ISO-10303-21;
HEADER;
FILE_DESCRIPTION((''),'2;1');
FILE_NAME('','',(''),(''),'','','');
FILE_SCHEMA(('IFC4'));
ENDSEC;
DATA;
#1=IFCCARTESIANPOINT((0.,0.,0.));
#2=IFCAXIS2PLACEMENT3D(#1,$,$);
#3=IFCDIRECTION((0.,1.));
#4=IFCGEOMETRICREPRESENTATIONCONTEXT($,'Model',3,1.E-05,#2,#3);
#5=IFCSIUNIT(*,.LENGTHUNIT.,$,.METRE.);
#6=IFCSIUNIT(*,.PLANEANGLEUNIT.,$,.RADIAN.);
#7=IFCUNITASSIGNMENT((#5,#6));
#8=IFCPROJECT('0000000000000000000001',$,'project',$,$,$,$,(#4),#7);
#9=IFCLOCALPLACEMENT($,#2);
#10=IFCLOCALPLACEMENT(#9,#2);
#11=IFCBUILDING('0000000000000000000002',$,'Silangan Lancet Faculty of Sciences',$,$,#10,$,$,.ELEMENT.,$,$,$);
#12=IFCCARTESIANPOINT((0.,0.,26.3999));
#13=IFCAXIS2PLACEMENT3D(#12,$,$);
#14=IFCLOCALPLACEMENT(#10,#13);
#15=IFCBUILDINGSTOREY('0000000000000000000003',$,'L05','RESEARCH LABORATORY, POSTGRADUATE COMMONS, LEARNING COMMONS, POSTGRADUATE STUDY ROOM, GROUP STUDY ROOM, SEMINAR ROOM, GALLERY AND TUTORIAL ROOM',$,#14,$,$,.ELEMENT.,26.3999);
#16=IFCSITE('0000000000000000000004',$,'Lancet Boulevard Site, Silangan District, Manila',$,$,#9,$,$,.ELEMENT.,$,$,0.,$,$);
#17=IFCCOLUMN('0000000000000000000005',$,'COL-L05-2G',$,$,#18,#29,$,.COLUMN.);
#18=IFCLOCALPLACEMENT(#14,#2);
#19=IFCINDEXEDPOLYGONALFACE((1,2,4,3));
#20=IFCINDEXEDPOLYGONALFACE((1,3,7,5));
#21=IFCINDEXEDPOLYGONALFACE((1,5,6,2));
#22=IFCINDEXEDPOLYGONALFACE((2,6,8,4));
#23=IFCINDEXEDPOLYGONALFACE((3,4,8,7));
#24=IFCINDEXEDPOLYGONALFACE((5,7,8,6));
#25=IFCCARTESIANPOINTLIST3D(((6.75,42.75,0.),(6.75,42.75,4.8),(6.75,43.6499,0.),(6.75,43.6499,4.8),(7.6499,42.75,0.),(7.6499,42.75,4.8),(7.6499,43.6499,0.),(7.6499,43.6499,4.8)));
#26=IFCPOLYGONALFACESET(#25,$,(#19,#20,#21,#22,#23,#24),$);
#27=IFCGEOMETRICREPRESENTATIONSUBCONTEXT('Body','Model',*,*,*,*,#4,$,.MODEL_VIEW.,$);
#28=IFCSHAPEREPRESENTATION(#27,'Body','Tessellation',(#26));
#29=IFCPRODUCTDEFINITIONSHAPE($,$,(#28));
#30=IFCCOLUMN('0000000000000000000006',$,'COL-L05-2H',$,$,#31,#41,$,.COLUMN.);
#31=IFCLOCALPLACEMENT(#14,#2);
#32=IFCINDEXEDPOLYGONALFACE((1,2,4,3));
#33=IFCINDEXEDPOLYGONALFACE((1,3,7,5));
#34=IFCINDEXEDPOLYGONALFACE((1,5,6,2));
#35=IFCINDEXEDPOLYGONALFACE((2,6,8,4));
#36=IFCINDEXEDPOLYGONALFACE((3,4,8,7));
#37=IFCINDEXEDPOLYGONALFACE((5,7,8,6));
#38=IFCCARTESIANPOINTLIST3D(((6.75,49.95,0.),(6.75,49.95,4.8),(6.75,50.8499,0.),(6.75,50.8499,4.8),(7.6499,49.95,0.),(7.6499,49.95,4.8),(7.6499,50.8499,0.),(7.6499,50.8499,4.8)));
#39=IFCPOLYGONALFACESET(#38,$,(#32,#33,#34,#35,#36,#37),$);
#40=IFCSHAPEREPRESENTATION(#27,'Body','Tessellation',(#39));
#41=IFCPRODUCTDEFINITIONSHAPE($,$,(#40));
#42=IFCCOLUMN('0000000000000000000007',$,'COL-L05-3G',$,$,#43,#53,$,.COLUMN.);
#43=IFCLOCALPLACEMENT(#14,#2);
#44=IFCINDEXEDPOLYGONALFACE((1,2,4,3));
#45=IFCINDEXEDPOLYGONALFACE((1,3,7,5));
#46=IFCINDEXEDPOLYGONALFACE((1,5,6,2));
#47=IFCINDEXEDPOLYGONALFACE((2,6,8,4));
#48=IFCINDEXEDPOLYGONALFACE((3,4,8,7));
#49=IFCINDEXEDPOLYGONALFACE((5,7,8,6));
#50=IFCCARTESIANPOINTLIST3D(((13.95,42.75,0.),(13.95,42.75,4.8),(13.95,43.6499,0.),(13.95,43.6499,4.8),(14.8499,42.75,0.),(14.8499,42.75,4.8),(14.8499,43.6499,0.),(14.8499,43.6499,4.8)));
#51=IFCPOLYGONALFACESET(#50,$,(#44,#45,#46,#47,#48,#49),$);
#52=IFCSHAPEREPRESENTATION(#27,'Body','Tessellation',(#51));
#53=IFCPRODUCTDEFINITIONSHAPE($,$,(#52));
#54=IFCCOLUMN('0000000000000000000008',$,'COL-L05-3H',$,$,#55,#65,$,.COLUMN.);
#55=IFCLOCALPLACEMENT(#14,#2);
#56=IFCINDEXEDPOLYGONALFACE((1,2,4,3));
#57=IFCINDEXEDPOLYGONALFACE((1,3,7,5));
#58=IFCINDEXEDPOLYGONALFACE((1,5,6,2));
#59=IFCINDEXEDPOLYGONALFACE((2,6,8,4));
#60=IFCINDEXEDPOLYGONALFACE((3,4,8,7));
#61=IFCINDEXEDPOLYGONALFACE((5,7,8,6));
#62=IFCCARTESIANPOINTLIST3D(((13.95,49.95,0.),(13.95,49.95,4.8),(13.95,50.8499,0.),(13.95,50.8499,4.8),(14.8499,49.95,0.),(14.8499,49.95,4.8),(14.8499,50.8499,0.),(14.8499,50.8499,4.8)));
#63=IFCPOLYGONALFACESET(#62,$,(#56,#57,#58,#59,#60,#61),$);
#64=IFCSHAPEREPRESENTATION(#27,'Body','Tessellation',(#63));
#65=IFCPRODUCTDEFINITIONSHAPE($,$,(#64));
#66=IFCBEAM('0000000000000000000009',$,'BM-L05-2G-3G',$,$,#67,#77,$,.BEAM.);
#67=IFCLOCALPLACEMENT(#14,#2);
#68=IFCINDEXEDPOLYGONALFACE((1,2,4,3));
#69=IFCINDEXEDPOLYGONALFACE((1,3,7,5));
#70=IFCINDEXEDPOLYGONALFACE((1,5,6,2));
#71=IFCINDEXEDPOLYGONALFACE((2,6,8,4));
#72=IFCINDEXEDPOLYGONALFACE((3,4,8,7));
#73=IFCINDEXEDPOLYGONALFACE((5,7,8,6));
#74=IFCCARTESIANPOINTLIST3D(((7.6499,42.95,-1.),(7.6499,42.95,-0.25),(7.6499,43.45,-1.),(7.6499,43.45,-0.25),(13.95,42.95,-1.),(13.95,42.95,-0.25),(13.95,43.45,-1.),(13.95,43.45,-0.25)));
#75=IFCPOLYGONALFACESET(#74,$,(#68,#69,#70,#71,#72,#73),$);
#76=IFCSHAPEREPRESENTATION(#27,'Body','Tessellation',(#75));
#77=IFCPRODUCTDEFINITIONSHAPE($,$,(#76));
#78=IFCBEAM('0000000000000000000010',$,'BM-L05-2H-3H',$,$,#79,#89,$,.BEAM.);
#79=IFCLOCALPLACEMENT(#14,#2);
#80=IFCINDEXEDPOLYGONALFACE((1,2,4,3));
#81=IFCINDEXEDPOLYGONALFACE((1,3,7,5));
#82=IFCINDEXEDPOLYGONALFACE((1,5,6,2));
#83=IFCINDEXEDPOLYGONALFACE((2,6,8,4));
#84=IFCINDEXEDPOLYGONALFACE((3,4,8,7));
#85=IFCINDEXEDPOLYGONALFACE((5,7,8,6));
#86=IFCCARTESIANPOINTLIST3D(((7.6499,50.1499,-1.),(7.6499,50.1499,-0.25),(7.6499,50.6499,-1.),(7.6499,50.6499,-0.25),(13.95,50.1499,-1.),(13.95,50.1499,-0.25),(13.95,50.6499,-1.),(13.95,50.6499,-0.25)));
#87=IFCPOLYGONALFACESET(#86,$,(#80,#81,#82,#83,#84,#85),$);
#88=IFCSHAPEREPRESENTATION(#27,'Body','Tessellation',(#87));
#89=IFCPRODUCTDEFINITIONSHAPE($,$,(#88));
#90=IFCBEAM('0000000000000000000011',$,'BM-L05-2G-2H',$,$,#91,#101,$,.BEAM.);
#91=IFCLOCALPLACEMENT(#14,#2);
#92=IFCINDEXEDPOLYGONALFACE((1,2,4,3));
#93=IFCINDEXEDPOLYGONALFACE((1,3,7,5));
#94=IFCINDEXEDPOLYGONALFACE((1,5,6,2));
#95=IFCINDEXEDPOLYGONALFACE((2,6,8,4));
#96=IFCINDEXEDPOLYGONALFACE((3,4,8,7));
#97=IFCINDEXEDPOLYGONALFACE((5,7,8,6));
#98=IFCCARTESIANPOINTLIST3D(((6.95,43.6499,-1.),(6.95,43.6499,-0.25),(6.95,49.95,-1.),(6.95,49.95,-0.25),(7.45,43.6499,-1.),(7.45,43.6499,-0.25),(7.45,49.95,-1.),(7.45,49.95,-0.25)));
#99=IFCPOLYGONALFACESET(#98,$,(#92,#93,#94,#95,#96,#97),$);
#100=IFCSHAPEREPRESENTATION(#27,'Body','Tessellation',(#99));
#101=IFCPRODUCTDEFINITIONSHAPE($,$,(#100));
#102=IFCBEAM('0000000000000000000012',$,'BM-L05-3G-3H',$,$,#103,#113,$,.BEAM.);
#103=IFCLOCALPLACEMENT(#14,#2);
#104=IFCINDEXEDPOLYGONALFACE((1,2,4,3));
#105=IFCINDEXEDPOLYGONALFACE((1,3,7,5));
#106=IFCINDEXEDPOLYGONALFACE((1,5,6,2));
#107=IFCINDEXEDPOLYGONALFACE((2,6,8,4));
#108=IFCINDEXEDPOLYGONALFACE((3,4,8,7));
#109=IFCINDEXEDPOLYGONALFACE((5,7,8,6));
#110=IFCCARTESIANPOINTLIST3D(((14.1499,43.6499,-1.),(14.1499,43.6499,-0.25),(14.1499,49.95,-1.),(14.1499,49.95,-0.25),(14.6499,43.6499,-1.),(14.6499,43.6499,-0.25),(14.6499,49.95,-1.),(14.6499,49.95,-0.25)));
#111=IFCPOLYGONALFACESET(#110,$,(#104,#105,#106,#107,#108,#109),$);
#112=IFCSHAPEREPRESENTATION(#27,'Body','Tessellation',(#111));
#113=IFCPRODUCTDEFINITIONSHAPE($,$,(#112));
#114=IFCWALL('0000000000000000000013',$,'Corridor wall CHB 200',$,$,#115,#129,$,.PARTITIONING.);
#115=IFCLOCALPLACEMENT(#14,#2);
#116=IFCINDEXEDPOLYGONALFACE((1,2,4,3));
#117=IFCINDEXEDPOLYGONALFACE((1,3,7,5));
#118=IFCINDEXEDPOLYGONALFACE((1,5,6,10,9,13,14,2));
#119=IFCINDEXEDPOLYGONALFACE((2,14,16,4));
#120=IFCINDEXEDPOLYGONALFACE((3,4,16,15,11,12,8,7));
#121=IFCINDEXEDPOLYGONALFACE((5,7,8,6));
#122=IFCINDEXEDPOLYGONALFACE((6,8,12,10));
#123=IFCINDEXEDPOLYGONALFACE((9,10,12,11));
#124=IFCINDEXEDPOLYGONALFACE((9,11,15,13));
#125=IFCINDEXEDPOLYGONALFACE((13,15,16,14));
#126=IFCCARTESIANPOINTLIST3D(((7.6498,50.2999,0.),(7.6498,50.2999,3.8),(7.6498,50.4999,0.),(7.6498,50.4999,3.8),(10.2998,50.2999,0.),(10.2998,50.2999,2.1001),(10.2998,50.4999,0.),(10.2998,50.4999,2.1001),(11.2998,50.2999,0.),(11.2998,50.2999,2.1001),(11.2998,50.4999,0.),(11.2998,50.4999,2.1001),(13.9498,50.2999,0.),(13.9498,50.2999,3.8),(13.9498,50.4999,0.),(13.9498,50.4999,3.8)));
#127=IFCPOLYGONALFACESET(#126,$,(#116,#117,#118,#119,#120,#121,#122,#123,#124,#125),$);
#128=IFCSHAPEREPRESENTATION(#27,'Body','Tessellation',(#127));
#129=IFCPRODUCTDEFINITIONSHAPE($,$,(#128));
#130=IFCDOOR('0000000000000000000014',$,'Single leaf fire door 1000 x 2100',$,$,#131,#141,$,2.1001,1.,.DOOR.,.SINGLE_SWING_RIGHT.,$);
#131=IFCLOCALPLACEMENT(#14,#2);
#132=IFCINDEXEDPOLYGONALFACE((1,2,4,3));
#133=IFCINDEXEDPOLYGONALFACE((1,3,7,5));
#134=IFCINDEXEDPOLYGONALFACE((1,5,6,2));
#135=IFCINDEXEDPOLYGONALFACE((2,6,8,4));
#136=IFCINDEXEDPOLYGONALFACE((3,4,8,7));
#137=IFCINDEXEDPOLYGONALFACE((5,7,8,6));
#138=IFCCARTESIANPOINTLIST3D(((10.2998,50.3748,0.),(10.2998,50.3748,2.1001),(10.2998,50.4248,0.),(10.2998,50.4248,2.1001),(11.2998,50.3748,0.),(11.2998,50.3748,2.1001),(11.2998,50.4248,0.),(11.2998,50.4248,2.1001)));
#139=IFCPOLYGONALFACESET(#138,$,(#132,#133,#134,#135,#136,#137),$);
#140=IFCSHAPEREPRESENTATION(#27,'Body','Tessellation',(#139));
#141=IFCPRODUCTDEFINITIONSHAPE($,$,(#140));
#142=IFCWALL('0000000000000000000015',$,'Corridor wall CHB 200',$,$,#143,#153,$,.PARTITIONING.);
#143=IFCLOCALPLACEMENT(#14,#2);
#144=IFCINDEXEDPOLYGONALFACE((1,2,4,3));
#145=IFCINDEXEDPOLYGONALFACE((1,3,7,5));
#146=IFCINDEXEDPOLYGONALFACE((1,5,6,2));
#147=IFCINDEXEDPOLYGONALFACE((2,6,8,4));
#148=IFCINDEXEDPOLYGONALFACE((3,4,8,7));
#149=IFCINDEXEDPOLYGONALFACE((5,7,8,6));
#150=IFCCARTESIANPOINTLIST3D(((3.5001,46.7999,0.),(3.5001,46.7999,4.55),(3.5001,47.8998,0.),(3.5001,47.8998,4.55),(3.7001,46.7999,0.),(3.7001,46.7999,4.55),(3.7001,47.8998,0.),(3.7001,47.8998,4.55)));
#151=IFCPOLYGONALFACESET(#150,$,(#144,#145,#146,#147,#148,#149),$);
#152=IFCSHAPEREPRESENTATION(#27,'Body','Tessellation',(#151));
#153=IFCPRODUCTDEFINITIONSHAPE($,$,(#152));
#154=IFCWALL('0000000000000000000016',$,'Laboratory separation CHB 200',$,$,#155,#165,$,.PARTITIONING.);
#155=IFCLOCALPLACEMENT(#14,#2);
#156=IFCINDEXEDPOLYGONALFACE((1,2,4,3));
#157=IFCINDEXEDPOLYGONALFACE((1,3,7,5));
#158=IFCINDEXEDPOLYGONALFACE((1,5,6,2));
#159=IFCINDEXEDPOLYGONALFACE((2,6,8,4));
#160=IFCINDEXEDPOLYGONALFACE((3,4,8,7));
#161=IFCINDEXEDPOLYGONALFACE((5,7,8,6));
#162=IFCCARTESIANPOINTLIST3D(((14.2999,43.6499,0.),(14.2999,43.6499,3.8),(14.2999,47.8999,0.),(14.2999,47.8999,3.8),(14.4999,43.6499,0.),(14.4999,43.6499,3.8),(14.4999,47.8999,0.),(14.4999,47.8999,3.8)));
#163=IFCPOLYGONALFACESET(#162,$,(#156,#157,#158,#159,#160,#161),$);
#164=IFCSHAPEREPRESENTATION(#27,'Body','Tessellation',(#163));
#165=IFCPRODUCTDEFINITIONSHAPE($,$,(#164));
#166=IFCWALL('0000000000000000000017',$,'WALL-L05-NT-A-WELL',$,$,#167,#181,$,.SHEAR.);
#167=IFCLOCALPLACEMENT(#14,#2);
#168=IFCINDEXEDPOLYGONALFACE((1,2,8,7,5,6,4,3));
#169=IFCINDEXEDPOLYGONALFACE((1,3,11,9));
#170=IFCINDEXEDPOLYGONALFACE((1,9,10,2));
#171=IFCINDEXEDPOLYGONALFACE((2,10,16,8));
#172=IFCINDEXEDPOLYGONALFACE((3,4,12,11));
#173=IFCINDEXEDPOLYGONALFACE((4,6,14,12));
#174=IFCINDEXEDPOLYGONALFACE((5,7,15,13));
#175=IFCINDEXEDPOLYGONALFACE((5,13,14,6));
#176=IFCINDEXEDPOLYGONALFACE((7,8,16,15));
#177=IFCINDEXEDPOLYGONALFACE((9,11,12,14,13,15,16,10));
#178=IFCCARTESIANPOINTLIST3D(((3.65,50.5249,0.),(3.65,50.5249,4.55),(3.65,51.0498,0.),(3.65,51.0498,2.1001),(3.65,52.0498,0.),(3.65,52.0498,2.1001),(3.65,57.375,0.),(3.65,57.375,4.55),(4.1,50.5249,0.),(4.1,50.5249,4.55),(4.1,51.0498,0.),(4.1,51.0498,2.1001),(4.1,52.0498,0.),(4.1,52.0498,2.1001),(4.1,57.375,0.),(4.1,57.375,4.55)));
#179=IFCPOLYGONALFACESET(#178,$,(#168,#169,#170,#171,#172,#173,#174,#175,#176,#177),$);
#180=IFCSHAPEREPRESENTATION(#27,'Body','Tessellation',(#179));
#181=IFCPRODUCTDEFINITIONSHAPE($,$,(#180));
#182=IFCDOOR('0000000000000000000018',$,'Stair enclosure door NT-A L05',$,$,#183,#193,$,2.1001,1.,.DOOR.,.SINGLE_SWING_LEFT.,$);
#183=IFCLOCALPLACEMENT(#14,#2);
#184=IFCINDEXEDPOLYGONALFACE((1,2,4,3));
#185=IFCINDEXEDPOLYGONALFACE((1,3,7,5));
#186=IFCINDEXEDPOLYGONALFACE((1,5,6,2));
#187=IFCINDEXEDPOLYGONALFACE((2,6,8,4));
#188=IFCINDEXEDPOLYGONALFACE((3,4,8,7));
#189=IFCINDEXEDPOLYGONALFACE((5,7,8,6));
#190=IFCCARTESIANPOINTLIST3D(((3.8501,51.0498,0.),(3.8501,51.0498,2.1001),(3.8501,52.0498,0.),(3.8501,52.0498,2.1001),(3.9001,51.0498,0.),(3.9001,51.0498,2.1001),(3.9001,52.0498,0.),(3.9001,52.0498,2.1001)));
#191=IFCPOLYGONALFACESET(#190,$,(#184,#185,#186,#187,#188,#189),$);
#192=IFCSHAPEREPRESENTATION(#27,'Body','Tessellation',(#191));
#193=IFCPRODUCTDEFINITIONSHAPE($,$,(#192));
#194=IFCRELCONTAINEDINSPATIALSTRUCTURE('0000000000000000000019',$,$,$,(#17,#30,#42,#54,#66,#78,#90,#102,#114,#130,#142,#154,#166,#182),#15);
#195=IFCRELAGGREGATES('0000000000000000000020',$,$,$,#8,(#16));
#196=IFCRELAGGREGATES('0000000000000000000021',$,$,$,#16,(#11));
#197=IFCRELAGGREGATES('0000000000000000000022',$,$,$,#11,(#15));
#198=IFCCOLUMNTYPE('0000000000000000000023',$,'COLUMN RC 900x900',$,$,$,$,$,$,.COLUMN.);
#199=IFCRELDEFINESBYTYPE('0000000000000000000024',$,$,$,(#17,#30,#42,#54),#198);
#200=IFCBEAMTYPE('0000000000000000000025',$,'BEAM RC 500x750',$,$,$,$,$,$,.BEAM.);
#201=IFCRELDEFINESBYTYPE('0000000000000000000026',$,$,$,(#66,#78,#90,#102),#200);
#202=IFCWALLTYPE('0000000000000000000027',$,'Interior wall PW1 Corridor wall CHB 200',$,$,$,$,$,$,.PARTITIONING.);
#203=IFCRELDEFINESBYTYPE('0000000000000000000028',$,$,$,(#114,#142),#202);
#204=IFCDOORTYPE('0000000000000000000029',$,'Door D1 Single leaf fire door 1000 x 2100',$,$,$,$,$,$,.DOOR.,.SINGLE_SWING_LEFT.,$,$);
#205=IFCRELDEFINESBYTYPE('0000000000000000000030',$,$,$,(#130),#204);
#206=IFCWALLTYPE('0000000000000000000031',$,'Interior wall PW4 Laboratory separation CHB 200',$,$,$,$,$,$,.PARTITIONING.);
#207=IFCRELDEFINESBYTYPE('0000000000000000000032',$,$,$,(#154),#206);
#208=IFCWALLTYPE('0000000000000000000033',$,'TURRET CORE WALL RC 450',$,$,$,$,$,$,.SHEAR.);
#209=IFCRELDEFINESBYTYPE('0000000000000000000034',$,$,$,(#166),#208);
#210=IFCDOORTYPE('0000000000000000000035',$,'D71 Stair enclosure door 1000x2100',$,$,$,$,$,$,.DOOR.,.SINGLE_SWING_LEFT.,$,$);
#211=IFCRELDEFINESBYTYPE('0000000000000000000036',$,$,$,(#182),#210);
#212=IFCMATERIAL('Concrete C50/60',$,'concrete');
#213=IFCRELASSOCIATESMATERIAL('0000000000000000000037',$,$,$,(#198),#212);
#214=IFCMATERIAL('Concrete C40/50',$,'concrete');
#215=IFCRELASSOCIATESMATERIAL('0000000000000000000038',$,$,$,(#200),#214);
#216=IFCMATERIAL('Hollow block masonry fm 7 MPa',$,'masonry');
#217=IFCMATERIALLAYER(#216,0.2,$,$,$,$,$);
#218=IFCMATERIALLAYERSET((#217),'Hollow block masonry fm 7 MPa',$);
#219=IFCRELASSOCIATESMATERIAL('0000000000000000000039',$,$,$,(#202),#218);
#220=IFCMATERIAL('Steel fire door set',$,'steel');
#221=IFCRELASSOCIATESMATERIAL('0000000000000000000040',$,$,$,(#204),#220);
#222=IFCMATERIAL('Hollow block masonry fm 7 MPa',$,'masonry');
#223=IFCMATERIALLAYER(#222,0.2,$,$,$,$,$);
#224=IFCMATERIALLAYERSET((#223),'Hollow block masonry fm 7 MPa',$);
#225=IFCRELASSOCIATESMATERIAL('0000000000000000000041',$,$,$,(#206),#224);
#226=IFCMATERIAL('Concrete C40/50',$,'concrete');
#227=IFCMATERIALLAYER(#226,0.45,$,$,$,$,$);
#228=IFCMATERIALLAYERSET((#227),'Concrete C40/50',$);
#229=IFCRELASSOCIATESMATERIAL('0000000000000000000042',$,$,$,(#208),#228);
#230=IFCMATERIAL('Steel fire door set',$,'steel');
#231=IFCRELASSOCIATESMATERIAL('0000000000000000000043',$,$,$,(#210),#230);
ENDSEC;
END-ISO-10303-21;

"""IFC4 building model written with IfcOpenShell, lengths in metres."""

from ifc_helpers import new_model, si_unit, direction, frame, frame_2d, origin, origin_2d, place, context, subcontext, project, spatial, rectangle, extrude, material, layer, layer_set, material_profile, profile_set, type_object, element, fill, save


model = new_model("IFC4")

# Units and contexts
model_context = context("Model", 3, precision=1e-05, world=origin(), true_north=direction((0.0, 1.0)))
body_context = subcontext(model_context, "Body", "Model", "MODEL_VIEW")
ifc_project = project(units=[si_unit("LENGTHUNIT", "METRE"), si_unit("PLANEANGLEUNIT", "RADIAN")], contexts=[model_context])

# Site, building, storey
site_placement = place(None, origin())
site = spatial("IfcSite", under=ifc_project, at=site_placement, Name="Lancet Boulevard Site, Silangan District, Manila", CompositionType="ELEMENT", RefElevation=0.0)
building_placement = place(site_placement, origin())
building = spatial("IfcBuilding", under=site, at=building_placement, Name="Silangan Lancet Faculty of Sciences", CompositionType="ELEMENT")
storey_placement = place(building_placement, frame((0.0, 0.0, 26.3999)))
storey = spatial("IfcBuildingStorey", under=building, at=storey_placement, Name="L05", Description="RESEARCH LABORATORY, POSTGRADUATE COMMONS, LEARNING COMMONS, POSTGRADUATE STUDY ROOM, GROUP STUDY ROOM, SEMINAR ROOM, GALLERY AND TUTORIAL ROOM", CompositionType="ELEMENT", Elevation=26.3999)

# Columns
ifc_material_1 = material(Name="Concrete C50/60", Category="concrete")
ifc_material_profile_1 = material_profile(ifc_material_1, rectangle(XDim=0.8999, YDim=0.8999, at=origin_2d()), Name="RC 900x900")
ifc_profile_set_1 = profile_set([ifc_material_profile_1], Name="Concrete C50/60")
column_type = type_object("IfcColumnType", Name="COLUMN RC 900x900", PredefinedType="COLUMN", material=ifc_profile_set_1)
for number, where, z_axis, x_axis, name in (
    (1, (7.2, 43.2, 0.0), (0.0, 0.0, 1.0), (1.0, 0.0, 0.0), "COL-L05-2G"),
    (2, (7.2, 50.3999, 0.0), (0.0, 0.0, 1.0), (1.0, 0.0, 0.0), "COL-L05-2H"),
    (3, (14.3999, 43.2, 0.0), (0.0, 0.0, 1.0), (1.0, 0.0, 0.0), "COL-L05-3G"),
    (4, (14.3999, 50.3999, 0.0), (0.0, 0.0, 1.0), (1.0, 0.0, 0.0), "COL-L05-3H"),
):
    element("IfcColumn", number, at=place(storey_placement, frame(where, z_axis=z_axis, x_axis=x_axis)), inside=storey, type_object=column_type, Name=name, PredefinedType="COLUMN", context=body_context, shape_type="SweptSolid", body=[
        extrude(rectangle(XDim=0.8999, YDim=0.8999, at=origin_2d()), origin(), (0.0, 0.0, 1.0), 4.8),
    ])

# Beams
ifc_material_2 = material(Name="Concrete C40/50", Category="concrete")
ifc_material_profile_2 = material_profile(ifc_material_2, rectangle(XDim=0.5, YDim=0.75, at=origin_2d()), Name="RC 500x750")
ifc_profile_set_2 = profile_set([ifc_material_profile_2], Name="Concrete C40/50")
beam_type = type_object("IfcBeamType", Name="BEAM RC 500x750", PredefinedType="BEAM", material=ifc_profile_set_2)
for number, where, z_axis, x_axis, name in (
    (5, (7.6499, 43.2, -0.625), (1.0, 0.0, 0.0), (0.0, 1.0, 0.0), "BM-L05-2G-3G"),
    (6, (7.6499, 50.3999, -0.625), (1.0, 0.0, 0.0), (0.0, 1.0, 0.0), "BM-L05-2H-3H"),
    (7, (7.2, 43.6499, -0.625), (0.0, 1.0, 0.0), (-1.0, 0.0, 0.0), "BM-L05-2G-2H"),
    (8, (14.3999, 43.6499, -0.625), (0.0, 1.0, 0.0), (-1.0, 0.0, 0.0), "BM-L05-3G-3H"),
):
    element("IfcBeam", number, at=place(storey_placement, frame(where, z_axis=z_axis, x_axis=x_axis)), inside=storey, type_object=beam_type, Name=name, PredefinedType="BEAM", context=body_context, shape_type="SweptSolid", body=[
        extrude(rectangle(XDim=0.5, YDim=0.75, at=origin_2d()), origin(), (0.0, 0.0, 1.0), 6.3),
    ])

# Wall, opening, door
ifc_material_3 = material(Name="Hollow block masonry fm 7 MPa", Category="masonry")
ifc_layer_1 = layer(ifc_material_3, 0.2)
ifc_layer_set_1 = layer_set([ifc_layer_1], Name="Hollow block masonry fm 7 MPa")
wall_type_1 = type_object("IfcWallType", Name="Interior wall PW1 Corridor wall CHB 200", PredefinedType="PARTITIONING", material=ifc_layer_set_1)
wall_1_placement = place(storey_placement, frame((7.6499, 50.3999, 0.0), z_axis=(0.0, 0.0, 1.0), x_axis=(1.0, 0.0, 0.0)))
wall_1 = element("IfcWall", 9, at=wall_1_placement, inside=storey, type_object=wall_type_1, Name="Corridor wall CHB 200", PredefinedType="PARTITIONING", context=body_context, shape_type="SweptSolid", body=[
    extrude(rectangle(XDim=6.3, YDim=0.2, at=frame_2d((3.1499, 0.0))), origin(), (0.0, 0.0, 1.0), 3.8),
])
opening_1_placement = place(wall_1_placement, frame((2.6499, 0.0, 0.0)))
opening_1 = element("IfcOpeningElement", 10, at=opening_1_placement, cuts=wall_1, PredefinedType="OPENING", context=body_context, shape_type="SweptSolid", body=[
    extrude(rectangle(XDim=1.0, YDim=2.1001, at=frame_2d((0.5, 1.05))), frame((0.0, 0.1099, 0.0), z_axis=(0.0, -1.0, 0.0), x_axis=(1.0, 0.0, 0.0)), (0.0, 0.0, 1.0), 0.22),
])
ifc_material_4 = material(Name="Steel fire door set", Category="steel")
door_type_1 = type_object("IfcDoorType", Name="Door D1 Single leaf fire door 1000 x 2100", OperationType="SINGLE_SWING_LEFT", PredefinedType="DOOR", material=ifc_material_4)
door_1_placement = place(opening_1_placement, origin())
door_1 = element("IfcDoor", 11, at=door_1_placement, inside=storey, type_object=door_type_1, Name="Single leaf fire door 1000 x 2100", OperationType="SINGLE_SWING_RIGHT", OverallHeight=2.1001, OverallWidth=1.0, PredefinedType="DOOR", context=body_context, shape_type="SweptSolid", body=[
    extrude(rectangle(XDim=1.0, YDim=2.1001, at=frame_2d((0.5, 1.05))), frame((0.0, 0.0249, 0.0), z_axis=(0.0, -1.0, 0.0), x_axis=(1.0, 0.0, 0.0)), (0.0, 0.0, 1.0), 0.05),
])
fill(opening_1, door_1)

# Walls
wall_2_placement = place(storey_placement, frame((3.6001, 46.8, 0.0), z_axis=(0.0, 0.0, 1.0), x_axis=(0.0, 1.0, 0.0)))
element("IfcWall", 12, at=wall_2_placement, inside=storey, type_object=wall_type_1, Name="Corridor wall CHB 200", PredefinedType="PARTITIONING", context=body_context, shape_type="SweptSolid", body=[
    extrude(rectangle(XDim=1.0999, YDim=0.2, at=frame_2d((0.5498, 0.0))), origin(), (0.0, 0.0, 1.0), 4.55),
])
ifc_material_5 = material(Name="Hollow block masonry fm 7 MPa", Category="masonry")
ifc_layer_2 = layer(ifc_material_5, 0.2)
ifc_layer_set_2 = layer_set([ifc_layer_2], Name="Hollow block masonry fm 7 MPa")
wall_type_2 = type_object("IfcWallType", Name="Interior wall PW4 Laboratory separation CHB 200", PredefinedType="PARTITIONING", material=ifc_layer_set_2)
wall_3_placement = place(storey_placement, frame((14.3999, 43.6499, 0.0), z_axis=(0.0, 0.0, 1.0), x_axis=(0.0, 1.0, 0.0)))
element("IfcWall", 13, at=wall_3_placement, inside=storey, type_object=wall_type_2, Name="Laboratory separation CHB 200", PredefinedType="PARTITIONING", context=body_context, shape_type="SweptSolid", body=[
    extrude(rectangle(XDim=4.25, YDim=0.2, at=frame_2d((2.125, 0.0))), origin(), (0.0, 0.0, 1.0), 3.8),
])

# Wall, opening, door
ifc_material_6 = material(Name="Concrete C40/50", Category="concrete")
ifc_layer_3 = layer(ifc_material_6, 0.45)
ifc_layer_set_3 = layer_set([ifc_layer_3], Name="Concrete C40/50")
wall_type_3 = type_object("IfcWallType", Name="TURRET CORE WALL RC 450", PredefinedType="SHEAR", material=ifc_layer_set_3)
wall_4_placement = place(storey_placement, frame((3.875, 50.5249, 0.0), z_axis=(0.0, 0.0, 1.0), x_axis=(0.0, 1.0, 0.0)))
wall_4 = element("IfcWall", 14, at=wall_4_placement, inside=storey, type_object=wall_type_3, Name="WALL-L05-NT-A-WELL", PredefinedType="SHEAR", context=body_context, shape_type="SweptSolid", body=[
    extrude(rectangle(XDim=6.8501, YDim=0.45, at=frame_2d((3.425, 0.0))), origin(), (0.0, 0.0, 1.0), 4.55),
])
opening_2_placement = place(wall_4_placement, frame((0.5249, 0.0, 0.0)))
opening_2 = element("IfcOpeningElement", 15, at=opening_2_placement, cuts=wall_4, PredefinedType="OPENING", context=body_context, shape_type="SweptSolid", body=[
    extrude(rectangle(XDim=1.0, YDim=2.1001, at=frame_2d((0.5, 1.05))), frame((0.0, 0.2349, 0.0), z_axis=(0.0, -1.0, 0.0), x_axis=(1.0, 0.0, 0.0)), (0.0, 0.0, 1.0), 0.47),
])
ifc_material_7 = material(Name="Steel fire door set", Category="steel")
door_type_2 = type_object("IfcDoorType", Name="D71 Stair enclosure door 1000x2100", OperationType="SINGLE_SWING_LEFT", PredefinedType="DOOR", material=ifc_material_7)
door_2_placement = place(opening_2_placement, origin())
door_2 = element("IfcDoor", 16, at=door_2_placement, inside=storey, type_object=door_type_2, Name="Stair enclosure door NT-A L05", OperationType="SINGLE_SWING_LEFT", OverallHeight=2.1001, OverallWidth=1.0, PredefinedType="DOOR", context=body_context, shape_type="SweptSolid", body=[
    extrude(rectangle(XDim=1.0, YDim=2.1001, at=frame_2d((0.5, 1.05))), frame((0.0, 0.0249, 0.0), z_axis=(0.0, -1.0, 0.0), x_axis=(1.0, 0.0, 0.0)), (0.0, 0.0, 1.0), 0.05),
])
fill(opening_2, door_2)

save(model, "model.ifc")
